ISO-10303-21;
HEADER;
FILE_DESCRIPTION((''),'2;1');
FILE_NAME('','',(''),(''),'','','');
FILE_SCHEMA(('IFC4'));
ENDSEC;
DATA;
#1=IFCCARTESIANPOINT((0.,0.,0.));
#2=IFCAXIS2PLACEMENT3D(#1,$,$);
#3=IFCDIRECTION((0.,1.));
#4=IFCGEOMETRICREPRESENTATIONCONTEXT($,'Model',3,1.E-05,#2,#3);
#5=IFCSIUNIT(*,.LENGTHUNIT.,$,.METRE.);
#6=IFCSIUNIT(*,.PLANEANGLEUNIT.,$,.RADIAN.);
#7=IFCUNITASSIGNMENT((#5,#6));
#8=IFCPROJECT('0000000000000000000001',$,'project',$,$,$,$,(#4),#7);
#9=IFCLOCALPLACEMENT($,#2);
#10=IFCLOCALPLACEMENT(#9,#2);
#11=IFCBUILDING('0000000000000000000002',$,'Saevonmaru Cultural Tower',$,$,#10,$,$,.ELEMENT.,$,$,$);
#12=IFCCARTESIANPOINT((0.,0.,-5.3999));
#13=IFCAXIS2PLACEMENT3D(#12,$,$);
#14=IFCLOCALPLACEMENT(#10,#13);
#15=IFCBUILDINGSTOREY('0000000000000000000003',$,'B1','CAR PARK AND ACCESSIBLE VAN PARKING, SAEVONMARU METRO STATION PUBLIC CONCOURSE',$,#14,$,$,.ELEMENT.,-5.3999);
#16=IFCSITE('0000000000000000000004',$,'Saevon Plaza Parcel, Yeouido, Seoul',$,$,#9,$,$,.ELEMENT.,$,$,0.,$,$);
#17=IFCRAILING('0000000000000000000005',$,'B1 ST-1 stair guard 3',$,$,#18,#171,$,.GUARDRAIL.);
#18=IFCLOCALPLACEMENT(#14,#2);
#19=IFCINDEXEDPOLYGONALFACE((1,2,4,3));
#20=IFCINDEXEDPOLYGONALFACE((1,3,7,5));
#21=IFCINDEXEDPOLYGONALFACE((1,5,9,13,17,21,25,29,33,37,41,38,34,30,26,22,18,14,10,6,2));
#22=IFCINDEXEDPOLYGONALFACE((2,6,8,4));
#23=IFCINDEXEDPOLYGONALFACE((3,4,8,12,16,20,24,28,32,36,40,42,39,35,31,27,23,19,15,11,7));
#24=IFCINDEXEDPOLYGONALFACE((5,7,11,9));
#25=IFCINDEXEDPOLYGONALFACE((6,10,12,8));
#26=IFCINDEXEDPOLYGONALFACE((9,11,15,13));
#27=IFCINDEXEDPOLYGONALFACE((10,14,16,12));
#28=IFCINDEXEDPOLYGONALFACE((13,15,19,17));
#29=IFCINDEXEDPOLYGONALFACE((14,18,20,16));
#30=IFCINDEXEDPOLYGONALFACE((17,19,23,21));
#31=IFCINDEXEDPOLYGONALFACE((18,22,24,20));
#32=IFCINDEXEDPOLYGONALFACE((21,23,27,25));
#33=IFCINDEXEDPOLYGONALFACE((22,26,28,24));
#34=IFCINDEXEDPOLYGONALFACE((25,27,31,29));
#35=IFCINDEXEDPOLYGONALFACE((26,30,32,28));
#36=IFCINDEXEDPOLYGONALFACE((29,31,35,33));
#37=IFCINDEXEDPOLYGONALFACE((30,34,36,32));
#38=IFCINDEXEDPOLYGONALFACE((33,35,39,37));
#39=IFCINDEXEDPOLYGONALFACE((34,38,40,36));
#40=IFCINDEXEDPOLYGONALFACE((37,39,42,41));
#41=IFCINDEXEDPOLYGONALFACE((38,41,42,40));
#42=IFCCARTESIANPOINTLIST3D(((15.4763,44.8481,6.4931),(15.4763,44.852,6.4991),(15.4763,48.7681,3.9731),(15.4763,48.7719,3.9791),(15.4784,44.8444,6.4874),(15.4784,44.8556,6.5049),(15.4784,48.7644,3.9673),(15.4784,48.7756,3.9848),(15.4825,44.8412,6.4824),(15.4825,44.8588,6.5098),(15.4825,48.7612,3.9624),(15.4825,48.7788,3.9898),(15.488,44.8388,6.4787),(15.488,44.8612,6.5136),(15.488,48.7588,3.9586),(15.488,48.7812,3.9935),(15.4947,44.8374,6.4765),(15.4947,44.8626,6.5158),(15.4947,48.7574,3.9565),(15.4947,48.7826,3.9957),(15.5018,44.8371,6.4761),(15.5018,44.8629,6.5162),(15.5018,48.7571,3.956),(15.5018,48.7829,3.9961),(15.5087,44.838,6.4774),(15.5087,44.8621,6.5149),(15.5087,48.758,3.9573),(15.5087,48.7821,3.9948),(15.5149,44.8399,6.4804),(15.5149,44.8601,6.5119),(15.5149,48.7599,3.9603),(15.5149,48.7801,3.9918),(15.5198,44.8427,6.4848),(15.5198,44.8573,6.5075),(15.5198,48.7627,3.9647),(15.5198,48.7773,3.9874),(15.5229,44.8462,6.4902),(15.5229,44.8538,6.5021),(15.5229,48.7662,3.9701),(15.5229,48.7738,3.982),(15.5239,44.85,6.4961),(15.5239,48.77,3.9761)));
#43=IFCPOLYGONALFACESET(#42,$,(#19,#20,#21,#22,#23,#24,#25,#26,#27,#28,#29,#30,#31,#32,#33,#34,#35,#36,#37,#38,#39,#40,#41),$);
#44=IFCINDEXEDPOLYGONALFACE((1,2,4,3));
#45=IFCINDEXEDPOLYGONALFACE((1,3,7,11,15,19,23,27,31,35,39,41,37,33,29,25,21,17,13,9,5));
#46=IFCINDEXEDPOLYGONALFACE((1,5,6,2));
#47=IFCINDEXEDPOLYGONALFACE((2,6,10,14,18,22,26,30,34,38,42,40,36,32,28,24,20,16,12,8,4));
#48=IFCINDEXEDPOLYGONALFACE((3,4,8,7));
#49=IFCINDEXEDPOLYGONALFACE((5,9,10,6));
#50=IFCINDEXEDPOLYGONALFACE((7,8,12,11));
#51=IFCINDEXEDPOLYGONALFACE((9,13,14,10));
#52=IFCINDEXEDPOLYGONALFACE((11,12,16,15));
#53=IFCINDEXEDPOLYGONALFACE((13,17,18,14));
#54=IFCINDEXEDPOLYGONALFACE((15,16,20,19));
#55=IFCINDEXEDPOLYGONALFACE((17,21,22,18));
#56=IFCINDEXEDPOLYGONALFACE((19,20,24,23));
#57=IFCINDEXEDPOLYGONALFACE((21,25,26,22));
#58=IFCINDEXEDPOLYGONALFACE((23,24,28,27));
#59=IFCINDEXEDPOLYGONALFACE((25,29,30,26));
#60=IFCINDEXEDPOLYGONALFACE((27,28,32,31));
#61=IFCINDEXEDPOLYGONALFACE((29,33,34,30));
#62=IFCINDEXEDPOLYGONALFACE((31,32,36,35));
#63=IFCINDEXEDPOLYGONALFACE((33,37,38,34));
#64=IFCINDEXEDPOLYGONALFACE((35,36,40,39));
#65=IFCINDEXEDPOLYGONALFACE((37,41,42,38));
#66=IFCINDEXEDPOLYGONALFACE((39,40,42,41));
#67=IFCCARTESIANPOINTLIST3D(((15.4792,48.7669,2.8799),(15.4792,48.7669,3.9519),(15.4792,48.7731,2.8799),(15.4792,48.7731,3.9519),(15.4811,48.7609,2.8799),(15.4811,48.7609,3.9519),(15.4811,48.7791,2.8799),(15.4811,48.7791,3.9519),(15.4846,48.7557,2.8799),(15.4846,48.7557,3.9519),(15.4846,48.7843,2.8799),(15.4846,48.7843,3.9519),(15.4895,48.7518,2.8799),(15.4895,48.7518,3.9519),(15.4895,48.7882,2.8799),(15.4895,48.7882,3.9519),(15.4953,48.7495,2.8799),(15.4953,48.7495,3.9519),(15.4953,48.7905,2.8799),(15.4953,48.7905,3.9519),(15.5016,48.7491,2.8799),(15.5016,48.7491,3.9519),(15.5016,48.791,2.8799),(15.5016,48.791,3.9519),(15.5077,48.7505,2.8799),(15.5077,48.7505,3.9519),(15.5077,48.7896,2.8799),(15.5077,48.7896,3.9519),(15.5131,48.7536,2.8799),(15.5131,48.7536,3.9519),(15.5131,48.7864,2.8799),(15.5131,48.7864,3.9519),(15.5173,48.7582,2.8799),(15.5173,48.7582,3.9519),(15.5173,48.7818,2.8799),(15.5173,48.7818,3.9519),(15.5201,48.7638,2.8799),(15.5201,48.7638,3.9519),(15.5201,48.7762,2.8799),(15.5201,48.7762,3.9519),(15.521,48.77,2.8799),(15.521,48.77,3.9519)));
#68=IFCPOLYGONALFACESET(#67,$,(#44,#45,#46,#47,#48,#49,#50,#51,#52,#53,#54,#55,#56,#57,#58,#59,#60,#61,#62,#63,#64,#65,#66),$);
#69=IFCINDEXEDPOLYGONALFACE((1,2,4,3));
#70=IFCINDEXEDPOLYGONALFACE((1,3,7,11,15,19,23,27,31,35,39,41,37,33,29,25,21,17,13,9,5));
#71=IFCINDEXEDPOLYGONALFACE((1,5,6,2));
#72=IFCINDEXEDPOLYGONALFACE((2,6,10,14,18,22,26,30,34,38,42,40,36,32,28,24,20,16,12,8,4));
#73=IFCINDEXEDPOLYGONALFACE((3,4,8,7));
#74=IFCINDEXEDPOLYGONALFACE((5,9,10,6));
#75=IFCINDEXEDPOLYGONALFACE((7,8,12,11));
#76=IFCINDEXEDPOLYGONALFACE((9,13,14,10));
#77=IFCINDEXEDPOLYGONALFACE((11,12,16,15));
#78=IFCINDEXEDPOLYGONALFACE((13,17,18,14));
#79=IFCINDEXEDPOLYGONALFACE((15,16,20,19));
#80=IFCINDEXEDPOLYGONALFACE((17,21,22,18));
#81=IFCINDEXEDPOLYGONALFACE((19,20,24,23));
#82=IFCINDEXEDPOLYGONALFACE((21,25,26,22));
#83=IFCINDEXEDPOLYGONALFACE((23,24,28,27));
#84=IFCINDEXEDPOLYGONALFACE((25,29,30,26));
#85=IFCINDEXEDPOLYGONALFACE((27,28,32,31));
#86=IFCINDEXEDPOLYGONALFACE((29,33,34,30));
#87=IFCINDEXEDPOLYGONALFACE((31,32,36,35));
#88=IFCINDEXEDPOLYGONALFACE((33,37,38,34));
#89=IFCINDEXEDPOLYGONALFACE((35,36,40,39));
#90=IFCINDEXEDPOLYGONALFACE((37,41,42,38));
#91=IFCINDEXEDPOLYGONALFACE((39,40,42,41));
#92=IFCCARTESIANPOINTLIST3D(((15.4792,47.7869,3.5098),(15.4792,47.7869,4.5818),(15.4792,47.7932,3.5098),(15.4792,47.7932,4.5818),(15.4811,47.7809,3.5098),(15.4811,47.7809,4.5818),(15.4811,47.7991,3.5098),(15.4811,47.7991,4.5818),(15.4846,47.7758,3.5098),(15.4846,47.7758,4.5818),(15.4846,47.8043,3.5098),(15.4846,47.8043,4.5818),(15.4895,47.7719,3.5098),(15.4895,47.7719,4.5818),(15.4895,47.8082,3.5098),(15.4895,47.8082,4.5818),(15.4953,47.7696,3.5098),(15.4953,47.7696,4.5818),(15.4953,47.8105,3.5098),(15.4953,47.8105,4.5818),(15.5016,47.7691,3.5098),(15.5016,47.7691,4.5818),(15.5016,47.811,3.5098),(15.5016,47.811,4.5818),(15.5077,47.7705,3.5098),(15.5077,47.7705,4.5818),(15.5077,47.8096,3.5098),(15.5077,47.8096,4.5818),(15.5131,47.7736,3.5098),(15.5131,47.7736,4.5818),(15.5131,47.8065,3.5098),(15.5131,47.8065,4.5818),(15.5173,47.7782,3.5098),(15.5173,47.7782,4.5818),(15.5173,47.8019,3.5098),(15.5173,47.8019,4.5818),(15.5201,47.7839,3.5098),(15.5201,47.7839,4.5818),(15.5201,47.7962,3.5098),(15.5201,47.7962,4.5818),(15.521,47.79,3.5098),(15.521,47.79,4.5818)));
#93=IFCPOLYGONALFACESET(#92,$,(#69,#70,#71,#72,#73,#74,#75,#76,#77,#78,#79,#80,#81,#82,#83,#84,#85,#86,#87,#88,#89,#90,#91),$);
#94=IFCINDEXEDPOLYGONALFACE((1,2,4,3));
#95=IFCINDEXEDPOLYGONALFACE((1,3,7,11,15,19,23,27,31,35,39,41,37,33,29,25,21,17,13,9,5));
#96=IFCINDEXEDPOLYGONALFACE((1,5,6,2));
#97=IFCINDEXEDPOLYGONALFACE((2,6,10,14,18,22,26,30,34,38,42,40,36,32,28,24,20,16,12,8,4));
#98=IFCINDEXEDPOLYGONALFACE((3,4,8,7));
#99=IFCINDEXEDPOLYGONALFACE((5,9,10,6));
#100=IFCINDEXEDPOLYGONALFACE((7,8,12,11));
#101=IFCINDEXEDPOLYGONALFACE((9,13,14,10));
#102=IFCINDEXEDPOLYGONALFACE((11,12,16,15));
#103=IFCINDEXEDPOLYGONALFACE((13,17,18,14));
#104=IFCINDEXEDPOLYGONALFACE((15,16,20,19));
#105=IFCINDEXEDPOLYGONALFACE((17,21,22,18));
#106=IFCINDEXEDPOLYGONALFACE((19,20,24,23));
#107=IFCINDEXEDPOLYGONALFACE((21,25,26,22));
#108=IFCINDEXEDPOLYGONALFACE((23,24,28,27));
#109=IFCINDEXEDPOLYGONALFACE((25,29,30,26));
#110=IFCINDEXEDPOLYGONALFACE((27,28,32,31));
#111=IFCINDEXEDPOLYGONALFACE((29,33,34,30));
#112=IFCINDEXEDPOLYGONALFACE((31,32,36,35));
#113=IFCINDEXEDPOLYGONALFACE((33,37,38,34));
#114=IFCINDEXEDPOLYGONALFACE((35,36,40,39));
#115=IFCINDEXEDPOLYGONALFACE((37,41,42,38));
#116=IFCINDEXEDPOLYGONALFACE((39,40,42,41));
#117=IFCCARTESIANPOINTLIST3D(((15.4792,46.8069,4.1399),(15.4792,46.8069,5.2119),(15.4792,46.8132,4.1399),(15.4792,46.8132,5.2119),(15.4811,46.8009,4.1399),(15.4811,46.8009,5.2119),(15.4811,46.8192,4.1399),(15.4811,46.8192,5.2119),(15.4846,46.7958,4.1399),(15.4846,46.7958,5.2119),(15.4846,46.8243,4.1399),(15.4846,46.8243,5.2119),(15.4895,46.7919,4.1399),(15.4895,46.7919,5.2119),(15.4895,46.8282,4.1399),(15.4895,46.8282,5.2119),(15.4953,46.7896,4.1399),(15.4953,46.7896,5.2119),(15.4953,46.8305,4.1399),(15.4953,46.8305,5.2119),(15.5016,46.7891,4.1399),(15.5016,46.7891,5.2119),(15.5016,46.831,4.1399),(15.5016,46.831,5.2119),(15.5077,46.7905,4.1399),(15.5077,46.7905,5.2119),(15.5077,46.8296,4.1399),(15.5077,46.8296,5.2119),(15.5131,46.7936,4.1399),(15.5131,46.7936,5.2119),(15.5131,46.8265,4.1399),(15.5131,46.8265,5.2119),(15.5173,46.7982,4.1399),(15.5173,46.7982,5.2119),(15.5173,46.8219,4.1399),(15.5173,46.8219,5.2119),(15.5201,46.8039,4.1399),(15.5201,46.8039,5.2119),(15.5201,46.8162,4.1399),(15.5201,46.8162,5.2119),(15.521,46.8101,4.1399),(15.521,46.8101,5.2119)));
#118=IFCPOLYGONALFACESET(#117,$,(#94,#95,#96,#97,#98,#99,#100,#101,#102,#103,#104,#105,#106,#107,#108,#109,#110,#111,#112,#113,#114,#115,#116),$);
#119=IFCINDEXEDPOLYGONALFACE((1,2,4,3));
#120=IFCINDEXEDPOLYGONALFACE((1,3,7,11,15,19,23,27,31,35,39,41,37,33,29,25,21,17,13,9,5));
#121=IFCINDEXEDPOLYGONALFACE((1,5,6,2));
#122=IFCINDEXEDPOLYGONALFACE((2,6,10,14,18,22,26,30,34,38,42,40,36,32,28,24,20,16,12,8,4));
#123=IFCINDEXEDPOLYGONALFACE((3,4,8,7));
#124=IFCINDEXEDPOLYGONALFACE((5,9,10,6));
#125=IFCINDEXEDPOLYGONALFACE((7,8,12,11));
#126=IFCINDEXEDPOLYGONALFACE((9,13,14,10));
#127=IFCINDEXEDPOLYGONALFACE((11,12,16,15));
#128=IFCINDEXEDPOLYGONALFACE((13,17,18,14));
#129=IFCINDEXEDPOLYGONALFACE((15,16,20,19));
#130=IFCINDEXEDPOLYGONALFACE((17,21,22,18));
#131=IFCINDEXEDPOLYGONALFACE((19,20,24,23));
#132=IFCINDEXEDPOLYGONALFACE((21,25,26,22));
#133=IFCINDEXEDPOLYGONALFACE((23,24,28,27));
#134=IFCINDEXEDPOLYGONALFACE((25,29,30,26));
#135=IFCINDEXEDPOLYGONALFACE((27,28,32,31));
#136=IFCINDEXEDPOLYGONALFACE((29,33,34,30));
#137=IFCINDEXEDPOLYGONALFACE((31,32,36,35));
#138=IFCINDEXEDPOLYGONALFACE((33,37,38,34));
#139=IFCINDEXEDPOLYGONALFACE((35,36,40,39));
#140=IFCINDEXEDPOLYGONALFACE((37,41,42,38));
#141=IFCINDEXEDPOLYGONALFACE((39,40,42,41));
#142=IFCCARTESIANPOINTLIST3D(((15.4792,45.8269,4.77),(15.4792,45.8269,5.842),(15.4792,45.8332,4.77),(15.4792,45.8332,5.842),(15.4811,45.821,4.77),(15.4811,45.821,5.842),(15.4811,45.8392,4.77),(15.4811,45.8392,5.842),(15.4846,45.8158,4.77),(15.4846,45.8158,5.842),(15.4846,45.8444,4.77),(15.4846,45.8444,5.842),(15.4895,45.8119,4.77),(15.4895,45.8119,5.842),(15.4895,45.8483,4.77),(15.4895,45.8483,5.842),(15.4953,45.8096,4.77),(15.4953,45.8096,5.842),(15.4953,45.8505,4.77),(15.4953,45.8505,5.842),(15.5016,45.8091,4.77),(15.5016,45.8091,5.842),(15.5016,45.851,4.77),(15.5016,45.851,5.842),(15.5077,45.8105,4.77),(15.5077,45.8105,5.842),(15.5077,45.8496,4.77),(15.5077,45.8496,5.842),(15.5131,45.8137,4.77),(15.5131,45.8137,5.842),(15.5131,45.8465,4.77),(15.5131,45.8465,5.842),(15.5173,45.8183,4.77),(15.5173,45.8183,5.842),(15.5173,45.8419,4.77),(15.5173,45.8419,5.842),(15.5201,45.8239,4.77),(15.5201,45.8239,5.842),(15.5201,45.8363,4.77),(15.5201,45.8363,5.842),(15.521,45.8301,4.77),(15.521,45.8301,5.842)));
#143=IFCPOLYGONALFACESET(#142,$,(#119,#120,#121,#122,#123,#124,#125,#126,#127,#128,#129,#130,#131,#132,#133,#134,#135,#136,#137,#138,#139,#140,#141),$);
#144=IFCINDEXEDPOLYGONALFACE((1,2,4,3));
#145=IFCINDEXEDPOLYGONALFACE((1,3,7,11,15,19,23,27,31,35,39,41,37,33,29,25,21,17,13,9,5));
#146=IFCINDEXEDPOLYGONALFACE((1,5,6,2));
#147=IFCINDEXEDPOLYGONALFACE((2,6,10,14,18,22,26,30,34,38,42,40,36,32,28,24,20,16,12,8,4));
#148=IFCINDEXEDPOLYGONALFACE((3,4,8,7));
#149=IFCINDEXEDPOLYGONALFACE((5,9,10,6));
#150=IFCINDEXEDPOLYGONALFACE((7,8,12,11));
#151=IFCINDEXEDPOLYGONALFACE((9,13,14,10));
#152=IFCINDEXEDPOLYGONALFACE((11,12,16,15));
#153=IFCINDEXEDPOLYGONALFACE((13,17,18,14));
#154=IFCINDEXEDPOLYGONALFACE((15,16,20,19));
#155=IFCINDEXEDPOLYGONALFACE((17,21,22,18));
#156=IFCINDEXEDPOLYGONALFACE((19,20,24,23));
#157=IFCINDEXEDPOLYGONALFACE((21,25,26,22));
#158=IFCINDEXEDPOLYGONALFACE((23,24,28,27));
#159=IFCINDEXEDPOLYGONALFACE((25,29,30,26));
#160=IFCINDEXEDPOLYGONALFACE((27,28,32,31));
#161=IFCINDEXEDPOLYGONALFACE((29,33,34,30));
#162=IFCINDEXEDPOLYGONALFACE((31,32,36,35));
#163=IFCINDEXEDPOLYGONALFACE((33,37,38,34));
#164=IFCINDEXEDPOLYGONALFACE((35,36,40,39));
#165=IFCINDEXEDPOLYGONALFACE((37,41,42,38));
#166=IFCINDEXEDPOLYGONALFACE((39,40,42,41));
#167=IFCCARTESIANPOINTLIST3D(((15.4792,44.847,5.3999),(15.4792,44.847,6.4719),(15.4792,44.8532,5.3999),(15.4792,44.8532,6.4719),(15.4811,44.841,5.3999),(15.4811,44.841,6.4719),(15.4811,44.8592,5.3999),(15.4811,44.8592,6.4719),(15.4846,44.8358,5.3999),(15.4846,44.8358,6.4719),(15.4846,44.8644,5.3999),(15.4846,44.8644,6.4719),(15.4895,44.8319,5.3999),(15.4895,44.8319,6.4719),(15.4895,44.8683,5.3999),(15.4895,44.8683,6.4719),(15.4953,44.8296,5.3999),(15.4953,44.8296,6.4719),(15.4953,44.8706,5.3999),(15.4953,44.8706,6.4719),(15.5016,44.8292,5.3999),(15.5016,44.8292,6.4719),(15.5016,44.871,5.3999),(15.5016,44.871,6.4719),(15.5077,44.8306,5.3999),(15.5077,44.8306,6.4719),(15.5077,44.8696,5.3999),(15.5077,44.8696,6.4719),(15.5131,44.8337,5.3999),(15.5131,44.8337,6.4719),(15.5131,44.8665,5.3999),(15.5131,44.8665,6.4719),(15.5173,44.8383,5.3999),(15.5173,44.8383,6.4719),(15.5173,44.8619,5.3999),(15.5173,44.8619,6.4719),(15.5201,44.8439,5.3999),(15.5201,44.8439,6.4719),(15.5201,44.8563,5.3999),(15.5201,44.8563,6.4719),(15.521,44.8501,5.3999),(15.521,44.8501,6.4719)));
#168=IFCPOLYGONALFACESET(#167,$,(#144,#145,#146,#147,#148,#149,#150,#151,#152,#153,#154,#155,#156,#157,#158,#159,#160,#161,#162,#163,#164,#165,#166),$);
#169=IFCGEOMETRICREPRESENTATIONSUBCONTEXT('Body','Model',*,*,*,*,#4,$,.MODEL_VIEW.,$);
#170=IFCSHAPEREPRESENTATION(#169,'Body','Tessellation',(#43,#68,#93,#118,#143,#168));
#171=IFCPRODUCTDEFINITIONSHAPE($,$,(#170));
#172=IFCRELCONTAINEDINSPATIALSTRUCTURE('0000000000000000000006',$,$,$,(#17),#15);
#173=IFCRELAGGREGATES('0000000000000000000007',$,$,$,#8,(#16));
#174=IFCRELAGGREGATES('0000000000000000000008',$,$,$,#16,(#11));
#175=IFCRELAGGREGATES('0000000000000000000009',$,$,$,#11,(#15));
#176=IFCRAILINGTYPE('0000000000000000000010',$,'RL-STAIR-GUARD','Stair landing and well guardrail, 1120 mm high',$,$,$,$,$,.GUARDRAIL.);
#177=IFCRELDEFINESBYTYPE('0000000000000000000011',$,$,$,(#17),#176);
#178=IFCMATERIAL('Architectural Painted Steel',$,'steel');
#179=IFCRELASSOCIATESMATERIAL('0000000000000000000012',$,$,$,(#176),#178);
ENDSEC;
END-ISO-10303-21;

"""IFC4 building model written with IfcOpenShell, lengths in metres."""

from ifc_helpers import new_model, si_unit, direction, frame, origin, origin_2d, place, context, subcontext, project, spatial, circle, extrude, material, type_object, element, save


model = new_model("IFC4")

# Units and contexts
model_context = context("Model", 3, precision=1e-05, world=origin(), true_north=direction((0.0, 1.0)))
body_context = subcontext(model_context, "Body", "Model", "MODEL_VIEW")
ifc_project = project(units=[si_unit("LENGTHUNIT", "METRE"), si_unit("PLANEANGLEUNIT", "RADIAN")], contexts=[model_context])

# Site, building, storey
site_placement = place(None, origin())
site = spatial("IfcSite", under=ifc_project, at=site_placement, Name="Saevon Plaza Parcel, Yeouido, Seoul", CompositionType="ELEMENT", RefElevation=0.0)
building_placement = place(site_placement, origin())
building = spatial("IfcBuilding", under=site, at=building_placement, Name="Saevonmaru Cultural Tower", CompositionType="ELEMENT")
storey_placement = place(building_placement, frame((0.0, 0.0, -5.3999)))
storey = spatial("IfcBuildingStorey", under=building, at=storey_placement, Name="B1", Description="CAR PARK AND ACCESSIBLE VAN PARKING, SAEVONMARU METRO STATION PUBLIC CONCOURSE", CompositionType="ELEMENT", Elevation=-5.3999)

# Railing
ifc_material_1 = material(Name="Architectural Painted Steel", Category="steel")
railing_type_1 = type_object("IfcRailingType", Name="RL-STAIR-GUARD", Description="Stair landing and well guardrail, 1120 mm high", PredefinedType="GUARDRAIL", material=ifc_material_1)
railing_1_placement = place(storey_placement, frame((15.5, 48.77, 2.8799)))
element("IfcRailing", 1, at=railing_1_placement, inside=storey, type_object=railing_type_1, Name="B1 ST-1 stair guard 3", PredefinedType="GUARDRAIL", context=body_context, shape_type="SweptSolid", body=[
    extrude(circle(Radius=0.0239, at=origin_2d()), frame((0.0, 0.0, 1.0962), z_axis=(0.0, -0.841172, 0.540768), x_axis=(1.0, 0.0, 0.0)), (0.0, 0.0, 1.0), 4.6602),
    extrude(circle(Radius=0.021, at=origin_2d()), origin(), (0.0, 0.0, 1.0), 1.072),
    extrude(circle(Radius=0.021, at=origin_2d()), frame((0.0, -0.98, 0.6299)), (0.0, 0.0, 1.0), 1.072),
    extrude(circle(Radius=0.021, at=origin_2d()), frame((0.0, -1.96, 1.26)), (0.0, 0.0, 1.0), 1.072),
    extrude(circle(Radius=0.021, at=origin_2d()), frame((0.0, -2.9399, 1.8901)), (0.0, 0.0, 1.0), 1.072),
    extrude(circle(Radius=0.021, at=origin_2d()), frame((0.0, -3.9199, 2.52)), (0.0, 0.0, 1.0), 1.072),
])

save(model, "model.ifc")
